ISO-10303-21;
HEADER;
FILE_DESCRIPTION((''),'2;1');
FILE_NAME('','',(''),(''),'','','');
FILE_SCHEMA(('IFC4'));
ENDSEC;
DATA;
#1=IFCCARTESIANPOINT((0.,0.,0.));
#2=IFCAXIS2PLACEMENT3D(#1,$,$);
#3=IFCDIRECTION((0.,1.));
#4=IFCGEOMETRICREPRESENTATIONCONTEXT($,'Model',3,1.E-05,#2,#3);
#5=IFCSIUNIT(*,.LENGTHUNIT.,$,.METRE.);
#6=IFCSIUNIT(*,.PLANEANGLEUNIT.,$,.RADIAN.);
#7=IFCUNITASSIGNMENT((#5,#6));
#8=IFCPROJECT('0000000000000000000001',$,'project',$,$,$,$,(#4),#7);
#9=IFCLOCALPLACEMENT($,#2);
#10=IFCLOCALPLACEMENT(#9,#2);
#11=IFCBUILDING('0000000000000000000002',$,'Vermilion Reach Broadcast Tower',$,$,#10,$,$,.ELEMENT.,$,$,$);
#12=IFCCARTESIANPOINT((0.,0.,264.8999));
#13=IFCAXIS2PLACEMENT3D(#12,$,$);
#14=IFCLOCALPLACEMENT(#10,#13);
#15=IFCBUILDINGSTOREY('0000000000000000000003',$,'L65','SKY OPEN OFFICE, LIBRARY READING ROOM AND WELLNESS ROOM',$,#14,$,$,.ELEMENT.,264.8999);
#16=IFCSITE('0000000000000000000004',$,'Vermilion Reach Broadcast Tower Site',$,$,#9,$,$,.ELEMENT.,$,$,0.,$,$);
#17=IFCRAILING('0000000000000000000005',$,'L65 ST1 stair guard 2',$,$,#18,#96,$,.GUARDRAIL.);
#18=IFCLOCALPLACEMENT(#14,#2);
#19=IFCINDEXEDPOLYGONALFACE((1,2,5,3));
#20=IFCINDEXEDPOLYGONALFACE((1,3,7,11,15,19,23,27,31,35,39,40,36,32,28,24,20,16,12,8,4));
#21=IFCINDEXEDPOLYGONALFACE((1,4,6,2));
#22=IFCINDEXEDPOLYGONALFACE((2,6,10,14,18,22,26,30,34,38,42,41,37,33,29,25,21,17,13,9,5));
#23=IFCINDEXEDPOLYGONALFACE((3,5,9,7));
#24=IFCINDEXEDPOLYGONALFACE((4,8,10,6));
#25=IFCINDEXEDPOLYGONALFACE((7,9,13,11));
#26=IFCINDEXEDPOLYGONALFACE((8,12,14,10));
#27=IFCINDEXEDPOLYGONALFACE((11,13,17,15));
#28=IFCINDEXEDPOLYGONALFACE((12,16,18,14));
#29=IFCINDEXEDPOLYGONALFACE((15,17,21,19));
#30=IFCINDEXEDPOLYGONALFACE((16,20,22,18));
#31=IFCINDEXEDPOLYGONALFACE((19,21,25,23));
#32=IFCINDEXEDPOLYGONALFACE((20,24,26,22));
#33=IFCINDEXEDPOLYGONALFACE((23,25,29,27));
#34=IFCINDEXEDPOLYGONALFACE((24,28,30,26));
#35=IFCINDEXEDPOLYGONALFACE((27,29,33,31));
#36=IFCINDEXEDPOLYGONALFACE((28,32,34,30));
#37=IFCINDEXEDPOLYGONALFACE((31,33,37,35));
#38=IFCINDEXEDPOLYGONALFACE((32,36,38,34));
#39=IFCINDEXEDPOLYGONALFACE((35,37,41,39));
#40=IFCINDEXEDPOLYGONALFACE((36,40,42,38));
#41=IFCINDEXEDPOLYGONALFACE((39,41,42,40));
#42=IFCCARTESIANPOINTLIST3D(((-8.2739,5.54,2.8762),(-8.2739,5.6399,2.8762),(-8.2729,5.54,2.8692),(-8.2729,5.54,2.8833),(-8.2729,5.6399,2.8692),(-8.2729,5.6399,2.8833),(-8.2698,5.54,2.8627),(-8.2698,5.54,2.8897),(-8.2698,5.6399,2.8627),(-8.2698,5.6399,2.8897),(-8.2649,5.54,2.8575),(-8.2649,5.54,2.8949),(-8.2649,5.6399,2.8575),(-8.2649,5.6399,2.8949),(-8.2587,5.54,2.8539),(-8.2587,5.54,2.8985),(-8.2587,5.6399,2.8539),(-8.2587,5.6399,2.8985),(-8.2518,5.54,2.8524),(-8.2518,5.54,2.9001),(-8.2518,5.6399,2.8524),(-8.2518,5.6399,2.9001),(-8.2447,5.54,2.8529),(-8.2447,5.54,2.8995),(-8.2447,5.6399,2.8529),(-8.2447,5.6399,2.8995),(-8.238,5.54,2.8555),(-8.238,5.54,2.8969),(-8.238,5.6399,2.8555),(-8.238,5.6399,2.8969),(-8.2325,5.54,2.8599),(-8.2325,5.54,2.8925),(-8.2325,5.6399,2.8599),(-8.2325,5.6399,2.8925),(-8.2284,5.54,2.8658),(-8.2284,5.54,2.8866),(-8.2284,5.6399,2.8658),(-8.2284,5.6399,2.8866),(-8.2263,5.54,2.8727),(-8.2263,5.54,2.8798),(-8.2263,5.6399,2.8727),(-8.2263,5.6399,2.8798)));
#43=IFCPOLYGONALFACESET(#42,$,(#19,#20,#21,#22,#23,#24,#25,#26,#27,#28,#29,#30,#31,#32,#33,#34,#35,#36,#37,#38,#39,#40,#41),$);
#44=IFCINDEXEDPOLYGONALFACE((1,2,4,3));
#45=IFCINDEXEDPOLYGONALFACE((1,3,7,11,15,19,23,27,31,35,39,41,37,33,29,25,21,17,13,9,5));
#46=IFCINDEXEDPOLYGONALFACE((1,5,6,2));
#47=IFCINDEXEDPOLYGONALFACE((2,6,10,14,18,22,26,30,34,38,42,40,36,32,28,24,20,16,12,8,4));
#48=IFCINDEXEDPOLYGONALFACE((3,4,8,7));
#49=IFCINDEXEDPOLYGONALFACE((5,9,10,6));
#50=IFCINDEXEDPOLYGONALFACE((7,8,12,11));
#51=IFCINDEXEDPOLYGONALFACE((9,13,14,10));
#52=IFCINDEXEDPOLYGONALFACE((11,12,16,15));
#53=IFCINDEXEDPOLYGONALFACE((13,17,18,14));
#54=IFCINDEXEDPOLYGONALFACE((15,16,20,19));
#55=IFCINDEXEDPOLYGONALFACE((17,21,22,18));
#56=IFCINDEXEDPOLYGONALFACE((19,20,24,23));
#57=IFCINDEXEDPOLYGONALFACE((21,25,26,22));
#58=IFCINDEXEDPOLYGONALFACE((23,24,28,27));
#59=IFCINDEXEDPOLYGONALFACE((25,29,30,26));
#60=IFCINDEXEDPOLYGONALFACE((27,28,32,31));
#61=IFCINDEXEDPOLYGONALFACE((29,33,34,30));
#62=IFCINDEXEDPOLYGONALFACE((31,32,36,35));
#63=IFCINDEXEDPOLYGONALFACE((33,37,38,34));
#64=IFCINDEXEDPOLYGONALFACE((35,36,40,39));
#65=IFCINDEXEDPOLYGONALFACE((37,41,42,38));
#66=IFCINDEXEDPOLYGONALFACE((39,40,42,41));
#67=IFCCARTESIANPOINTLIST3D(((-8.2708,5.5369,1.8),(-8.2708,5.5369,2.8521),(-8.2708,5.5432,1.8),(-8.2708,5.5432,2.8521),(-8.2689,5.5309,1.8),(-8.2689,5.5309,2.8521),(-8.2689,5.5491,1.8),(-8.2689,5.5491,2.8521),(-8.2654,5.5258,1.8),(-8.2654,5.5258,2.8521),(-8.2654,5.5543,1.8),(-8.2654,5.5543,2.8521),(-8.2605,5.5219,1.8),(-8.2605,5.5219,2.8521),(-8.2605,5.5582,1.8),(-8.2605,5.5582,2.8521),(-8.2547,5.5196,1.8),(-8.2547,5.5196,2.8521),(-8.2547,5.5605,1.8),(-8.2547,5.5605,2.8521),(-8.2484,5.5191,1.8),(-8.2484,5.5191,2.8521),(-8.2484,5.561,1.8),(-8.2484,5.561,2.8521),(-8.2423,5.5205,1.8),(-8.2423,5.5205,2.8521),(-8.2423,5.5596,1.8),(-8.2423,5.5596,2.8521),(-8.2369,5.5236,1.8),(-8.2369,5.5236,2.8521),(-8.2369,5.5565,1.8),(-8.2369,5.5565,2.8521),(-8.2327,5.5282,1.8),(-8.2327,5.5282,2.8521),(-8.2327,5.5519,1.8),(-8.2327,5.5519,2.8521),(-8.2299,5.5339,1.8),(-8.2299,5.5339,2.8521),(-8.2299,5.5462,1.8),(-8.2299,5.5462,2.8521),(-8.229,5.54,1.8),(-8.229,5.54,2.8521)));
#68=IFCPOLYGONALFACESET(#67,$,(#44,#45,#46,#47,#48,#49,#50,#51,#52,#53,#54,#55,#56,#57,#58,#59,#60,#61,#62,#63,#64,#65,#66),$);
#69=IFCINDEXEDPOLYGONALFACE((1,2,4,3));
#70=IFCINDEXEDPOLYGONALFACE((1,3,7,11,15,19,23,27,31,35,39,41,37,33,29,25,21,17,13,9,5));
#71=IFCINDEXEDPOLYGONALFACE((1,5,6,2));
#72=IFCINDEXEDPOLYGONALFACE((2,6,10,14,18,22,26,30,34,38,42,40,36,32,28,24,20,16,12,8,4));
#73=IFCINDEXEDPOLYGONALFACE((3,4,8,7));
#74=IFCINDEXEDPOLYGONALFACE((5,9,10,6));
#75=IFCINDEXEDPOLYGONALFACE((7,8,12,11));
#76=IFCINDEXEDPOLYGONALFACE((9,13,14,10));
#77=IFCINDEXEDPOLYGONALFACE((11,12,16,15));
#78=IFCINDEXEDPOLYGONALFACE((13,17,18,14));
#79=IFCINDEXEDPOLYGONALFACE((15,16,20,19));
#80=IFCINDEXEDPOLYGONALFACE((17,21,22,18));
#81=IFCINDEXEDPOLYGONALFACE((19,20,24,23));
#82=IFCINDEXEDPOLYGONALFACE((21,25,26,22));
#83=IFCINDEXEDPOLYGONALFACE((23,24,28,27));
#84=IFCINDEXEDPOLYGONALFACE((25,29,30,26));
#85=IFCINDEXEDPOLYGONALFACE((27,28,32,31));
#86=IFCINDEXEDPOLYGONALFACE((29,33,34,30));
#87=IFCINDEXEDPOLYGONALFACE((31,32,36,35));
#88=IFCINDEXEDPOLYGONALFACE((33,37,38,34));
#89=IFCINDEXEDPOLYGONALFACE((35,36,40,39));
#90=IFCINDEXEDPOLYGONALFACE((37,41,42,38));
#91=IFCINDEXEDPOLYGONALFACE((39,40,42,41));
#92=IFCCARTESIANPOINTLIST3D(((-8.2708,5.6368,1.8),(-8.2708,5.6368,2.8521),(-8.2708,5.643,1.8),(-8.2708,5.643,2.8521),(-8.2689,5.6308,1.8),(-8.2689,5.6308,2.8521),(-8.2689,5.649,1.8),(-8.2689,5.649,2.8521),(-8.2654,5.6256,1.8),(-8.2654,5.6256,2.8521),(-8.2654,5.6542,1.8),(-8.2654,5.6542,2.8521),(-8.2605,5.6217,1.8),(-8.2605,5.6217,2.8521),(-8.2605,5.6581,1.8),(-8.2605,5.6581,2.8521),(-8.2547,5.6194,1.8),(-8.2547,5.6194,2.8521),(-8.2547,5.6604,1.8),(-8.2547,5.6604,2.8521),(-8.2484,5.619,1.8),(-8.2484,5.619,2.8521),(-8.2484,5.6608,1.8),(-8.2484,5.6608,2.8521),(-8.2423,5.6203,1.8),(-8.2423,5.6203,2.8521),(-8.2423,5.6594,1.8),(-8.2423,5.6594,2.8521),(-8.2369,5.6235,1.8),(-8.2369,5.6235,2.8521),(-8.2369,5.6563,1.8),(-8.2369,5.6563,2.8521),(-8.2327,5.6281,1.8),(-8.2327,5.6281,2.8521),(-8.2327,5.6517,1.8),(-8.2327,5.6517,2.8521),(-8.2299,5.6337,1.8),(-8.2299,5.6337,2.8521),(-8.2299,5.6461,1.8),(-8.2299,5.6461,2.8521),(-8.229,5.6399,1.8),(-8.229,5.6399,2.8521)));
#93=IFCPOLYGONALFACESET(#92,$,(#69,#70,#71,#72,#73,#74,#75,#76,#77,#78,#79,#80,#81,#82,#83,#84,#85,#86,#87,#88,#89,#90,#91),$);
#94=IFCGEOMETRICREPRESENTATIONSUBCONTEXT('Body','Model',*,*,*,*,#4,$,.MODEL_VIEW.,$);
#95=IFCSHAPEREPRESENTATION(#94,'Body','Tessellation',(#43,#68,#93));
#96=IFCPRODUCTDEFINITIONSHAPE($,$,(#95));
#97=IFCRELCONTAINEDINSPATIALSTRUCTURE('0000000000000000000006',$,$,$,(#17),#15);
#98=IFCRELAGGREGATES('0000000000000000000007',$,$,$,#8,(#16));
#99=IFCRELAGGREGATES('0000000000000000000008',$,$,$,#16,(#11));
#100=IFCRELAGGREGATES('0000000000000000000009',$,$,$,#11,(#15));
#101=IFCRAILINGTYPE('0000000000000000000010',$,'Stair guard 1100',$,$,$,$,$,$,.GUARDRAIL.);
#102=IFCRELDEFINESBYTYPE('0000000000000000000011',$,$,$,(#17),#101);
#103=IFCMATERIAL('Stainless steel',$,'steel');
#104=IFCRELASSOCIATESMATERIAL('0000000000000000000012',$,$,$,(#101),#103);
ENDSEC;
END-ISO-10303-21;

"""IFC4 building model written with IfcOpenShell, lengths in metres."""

from ifc_helpers import new_model, si_unit, direction, frame, origin, origin_2d, place, context, subcontext, project, spatial, circle, extrude, material, type_object, element, save


model = new_model("IFC4")

# Units and contexts
model_context = context("Model", 3, precision=1e-05, world=origin(), true_north=direction((0.0, 1.0)))
body_context = subcontext(model_context, "Body", "Model", "MODEL_VIEW")
ifc_project = project(units=[si_unit("LENGTHUNIT", "METRE"), si_unit("PLANEANGLEUNIT", "RADIAN")], contexts=[model_context])

# Site, building, storey
site_placement = place(None, origin())
site = spatial("IfcSite", under=ifc_project, at=site_placement, Name="Vermilion Reach Broadcast Tower Site", CompositionType="ELEMENT", RefElevation=0.0)
building_placement = place(site_placement, origin())
building = spatial("IfcBuilding", under=site, at=building_placement, Name="Vermilion Reach Broadcast Tower", CompositionType="ELEMENT")
storey_placement = place(building_placement, frame((0.0, 0.0, 264.8999)))
storey = spatial("IfcBuildingStorey", under=building, at=storey_placement, Name="L65", Description="SKY OPEN OFFICE, LIBRARY READING ROOM AND WELLNESS ROOM", CompositionType="ELEMENT", Elevation=264.8999)

# Railing
ifc_material_1 = material(Name="Stainless steel", Category="steel")
railing_type_1 = type_object("IfcRailingType", Name="Stair guard 1100", PredefinedType="GUARDRAIL", material=ifc_material_1)
railing_1_placement = place(storey_placement, frame((-8.25, 5.54, 1.8)))
element("IfcRailing", 1, at=railing_1_placement, inside=storey, type_object=railing_type_1, Name="L65 ST1 stair guard 2", PredefinedType="GUARDRAIL", context=body_context, shape_type="SweptSolid", body=[
    extrude(circle(Radius=0.0239, at=origin_2d()), frame((0.0, 0.0, 1.0762), z_axis=(0.0, 1.0, 0.0), x_axis=(-1.0, 0.0, 0.0)), (0.0, 0.0, 1.0), 0.0999),
    extrude(circle(Radius=0.021, at=origin_2d()), origin(), (0.0, 0.0, 1.0), 1.052),
    extrude(circle(Radius=0.021, at=origin_2d()), frame((0.0, 0.0999, 0.0)), (0.0, 0.0, 1.0), 1.052),
])

save(model, "model.ifc")
